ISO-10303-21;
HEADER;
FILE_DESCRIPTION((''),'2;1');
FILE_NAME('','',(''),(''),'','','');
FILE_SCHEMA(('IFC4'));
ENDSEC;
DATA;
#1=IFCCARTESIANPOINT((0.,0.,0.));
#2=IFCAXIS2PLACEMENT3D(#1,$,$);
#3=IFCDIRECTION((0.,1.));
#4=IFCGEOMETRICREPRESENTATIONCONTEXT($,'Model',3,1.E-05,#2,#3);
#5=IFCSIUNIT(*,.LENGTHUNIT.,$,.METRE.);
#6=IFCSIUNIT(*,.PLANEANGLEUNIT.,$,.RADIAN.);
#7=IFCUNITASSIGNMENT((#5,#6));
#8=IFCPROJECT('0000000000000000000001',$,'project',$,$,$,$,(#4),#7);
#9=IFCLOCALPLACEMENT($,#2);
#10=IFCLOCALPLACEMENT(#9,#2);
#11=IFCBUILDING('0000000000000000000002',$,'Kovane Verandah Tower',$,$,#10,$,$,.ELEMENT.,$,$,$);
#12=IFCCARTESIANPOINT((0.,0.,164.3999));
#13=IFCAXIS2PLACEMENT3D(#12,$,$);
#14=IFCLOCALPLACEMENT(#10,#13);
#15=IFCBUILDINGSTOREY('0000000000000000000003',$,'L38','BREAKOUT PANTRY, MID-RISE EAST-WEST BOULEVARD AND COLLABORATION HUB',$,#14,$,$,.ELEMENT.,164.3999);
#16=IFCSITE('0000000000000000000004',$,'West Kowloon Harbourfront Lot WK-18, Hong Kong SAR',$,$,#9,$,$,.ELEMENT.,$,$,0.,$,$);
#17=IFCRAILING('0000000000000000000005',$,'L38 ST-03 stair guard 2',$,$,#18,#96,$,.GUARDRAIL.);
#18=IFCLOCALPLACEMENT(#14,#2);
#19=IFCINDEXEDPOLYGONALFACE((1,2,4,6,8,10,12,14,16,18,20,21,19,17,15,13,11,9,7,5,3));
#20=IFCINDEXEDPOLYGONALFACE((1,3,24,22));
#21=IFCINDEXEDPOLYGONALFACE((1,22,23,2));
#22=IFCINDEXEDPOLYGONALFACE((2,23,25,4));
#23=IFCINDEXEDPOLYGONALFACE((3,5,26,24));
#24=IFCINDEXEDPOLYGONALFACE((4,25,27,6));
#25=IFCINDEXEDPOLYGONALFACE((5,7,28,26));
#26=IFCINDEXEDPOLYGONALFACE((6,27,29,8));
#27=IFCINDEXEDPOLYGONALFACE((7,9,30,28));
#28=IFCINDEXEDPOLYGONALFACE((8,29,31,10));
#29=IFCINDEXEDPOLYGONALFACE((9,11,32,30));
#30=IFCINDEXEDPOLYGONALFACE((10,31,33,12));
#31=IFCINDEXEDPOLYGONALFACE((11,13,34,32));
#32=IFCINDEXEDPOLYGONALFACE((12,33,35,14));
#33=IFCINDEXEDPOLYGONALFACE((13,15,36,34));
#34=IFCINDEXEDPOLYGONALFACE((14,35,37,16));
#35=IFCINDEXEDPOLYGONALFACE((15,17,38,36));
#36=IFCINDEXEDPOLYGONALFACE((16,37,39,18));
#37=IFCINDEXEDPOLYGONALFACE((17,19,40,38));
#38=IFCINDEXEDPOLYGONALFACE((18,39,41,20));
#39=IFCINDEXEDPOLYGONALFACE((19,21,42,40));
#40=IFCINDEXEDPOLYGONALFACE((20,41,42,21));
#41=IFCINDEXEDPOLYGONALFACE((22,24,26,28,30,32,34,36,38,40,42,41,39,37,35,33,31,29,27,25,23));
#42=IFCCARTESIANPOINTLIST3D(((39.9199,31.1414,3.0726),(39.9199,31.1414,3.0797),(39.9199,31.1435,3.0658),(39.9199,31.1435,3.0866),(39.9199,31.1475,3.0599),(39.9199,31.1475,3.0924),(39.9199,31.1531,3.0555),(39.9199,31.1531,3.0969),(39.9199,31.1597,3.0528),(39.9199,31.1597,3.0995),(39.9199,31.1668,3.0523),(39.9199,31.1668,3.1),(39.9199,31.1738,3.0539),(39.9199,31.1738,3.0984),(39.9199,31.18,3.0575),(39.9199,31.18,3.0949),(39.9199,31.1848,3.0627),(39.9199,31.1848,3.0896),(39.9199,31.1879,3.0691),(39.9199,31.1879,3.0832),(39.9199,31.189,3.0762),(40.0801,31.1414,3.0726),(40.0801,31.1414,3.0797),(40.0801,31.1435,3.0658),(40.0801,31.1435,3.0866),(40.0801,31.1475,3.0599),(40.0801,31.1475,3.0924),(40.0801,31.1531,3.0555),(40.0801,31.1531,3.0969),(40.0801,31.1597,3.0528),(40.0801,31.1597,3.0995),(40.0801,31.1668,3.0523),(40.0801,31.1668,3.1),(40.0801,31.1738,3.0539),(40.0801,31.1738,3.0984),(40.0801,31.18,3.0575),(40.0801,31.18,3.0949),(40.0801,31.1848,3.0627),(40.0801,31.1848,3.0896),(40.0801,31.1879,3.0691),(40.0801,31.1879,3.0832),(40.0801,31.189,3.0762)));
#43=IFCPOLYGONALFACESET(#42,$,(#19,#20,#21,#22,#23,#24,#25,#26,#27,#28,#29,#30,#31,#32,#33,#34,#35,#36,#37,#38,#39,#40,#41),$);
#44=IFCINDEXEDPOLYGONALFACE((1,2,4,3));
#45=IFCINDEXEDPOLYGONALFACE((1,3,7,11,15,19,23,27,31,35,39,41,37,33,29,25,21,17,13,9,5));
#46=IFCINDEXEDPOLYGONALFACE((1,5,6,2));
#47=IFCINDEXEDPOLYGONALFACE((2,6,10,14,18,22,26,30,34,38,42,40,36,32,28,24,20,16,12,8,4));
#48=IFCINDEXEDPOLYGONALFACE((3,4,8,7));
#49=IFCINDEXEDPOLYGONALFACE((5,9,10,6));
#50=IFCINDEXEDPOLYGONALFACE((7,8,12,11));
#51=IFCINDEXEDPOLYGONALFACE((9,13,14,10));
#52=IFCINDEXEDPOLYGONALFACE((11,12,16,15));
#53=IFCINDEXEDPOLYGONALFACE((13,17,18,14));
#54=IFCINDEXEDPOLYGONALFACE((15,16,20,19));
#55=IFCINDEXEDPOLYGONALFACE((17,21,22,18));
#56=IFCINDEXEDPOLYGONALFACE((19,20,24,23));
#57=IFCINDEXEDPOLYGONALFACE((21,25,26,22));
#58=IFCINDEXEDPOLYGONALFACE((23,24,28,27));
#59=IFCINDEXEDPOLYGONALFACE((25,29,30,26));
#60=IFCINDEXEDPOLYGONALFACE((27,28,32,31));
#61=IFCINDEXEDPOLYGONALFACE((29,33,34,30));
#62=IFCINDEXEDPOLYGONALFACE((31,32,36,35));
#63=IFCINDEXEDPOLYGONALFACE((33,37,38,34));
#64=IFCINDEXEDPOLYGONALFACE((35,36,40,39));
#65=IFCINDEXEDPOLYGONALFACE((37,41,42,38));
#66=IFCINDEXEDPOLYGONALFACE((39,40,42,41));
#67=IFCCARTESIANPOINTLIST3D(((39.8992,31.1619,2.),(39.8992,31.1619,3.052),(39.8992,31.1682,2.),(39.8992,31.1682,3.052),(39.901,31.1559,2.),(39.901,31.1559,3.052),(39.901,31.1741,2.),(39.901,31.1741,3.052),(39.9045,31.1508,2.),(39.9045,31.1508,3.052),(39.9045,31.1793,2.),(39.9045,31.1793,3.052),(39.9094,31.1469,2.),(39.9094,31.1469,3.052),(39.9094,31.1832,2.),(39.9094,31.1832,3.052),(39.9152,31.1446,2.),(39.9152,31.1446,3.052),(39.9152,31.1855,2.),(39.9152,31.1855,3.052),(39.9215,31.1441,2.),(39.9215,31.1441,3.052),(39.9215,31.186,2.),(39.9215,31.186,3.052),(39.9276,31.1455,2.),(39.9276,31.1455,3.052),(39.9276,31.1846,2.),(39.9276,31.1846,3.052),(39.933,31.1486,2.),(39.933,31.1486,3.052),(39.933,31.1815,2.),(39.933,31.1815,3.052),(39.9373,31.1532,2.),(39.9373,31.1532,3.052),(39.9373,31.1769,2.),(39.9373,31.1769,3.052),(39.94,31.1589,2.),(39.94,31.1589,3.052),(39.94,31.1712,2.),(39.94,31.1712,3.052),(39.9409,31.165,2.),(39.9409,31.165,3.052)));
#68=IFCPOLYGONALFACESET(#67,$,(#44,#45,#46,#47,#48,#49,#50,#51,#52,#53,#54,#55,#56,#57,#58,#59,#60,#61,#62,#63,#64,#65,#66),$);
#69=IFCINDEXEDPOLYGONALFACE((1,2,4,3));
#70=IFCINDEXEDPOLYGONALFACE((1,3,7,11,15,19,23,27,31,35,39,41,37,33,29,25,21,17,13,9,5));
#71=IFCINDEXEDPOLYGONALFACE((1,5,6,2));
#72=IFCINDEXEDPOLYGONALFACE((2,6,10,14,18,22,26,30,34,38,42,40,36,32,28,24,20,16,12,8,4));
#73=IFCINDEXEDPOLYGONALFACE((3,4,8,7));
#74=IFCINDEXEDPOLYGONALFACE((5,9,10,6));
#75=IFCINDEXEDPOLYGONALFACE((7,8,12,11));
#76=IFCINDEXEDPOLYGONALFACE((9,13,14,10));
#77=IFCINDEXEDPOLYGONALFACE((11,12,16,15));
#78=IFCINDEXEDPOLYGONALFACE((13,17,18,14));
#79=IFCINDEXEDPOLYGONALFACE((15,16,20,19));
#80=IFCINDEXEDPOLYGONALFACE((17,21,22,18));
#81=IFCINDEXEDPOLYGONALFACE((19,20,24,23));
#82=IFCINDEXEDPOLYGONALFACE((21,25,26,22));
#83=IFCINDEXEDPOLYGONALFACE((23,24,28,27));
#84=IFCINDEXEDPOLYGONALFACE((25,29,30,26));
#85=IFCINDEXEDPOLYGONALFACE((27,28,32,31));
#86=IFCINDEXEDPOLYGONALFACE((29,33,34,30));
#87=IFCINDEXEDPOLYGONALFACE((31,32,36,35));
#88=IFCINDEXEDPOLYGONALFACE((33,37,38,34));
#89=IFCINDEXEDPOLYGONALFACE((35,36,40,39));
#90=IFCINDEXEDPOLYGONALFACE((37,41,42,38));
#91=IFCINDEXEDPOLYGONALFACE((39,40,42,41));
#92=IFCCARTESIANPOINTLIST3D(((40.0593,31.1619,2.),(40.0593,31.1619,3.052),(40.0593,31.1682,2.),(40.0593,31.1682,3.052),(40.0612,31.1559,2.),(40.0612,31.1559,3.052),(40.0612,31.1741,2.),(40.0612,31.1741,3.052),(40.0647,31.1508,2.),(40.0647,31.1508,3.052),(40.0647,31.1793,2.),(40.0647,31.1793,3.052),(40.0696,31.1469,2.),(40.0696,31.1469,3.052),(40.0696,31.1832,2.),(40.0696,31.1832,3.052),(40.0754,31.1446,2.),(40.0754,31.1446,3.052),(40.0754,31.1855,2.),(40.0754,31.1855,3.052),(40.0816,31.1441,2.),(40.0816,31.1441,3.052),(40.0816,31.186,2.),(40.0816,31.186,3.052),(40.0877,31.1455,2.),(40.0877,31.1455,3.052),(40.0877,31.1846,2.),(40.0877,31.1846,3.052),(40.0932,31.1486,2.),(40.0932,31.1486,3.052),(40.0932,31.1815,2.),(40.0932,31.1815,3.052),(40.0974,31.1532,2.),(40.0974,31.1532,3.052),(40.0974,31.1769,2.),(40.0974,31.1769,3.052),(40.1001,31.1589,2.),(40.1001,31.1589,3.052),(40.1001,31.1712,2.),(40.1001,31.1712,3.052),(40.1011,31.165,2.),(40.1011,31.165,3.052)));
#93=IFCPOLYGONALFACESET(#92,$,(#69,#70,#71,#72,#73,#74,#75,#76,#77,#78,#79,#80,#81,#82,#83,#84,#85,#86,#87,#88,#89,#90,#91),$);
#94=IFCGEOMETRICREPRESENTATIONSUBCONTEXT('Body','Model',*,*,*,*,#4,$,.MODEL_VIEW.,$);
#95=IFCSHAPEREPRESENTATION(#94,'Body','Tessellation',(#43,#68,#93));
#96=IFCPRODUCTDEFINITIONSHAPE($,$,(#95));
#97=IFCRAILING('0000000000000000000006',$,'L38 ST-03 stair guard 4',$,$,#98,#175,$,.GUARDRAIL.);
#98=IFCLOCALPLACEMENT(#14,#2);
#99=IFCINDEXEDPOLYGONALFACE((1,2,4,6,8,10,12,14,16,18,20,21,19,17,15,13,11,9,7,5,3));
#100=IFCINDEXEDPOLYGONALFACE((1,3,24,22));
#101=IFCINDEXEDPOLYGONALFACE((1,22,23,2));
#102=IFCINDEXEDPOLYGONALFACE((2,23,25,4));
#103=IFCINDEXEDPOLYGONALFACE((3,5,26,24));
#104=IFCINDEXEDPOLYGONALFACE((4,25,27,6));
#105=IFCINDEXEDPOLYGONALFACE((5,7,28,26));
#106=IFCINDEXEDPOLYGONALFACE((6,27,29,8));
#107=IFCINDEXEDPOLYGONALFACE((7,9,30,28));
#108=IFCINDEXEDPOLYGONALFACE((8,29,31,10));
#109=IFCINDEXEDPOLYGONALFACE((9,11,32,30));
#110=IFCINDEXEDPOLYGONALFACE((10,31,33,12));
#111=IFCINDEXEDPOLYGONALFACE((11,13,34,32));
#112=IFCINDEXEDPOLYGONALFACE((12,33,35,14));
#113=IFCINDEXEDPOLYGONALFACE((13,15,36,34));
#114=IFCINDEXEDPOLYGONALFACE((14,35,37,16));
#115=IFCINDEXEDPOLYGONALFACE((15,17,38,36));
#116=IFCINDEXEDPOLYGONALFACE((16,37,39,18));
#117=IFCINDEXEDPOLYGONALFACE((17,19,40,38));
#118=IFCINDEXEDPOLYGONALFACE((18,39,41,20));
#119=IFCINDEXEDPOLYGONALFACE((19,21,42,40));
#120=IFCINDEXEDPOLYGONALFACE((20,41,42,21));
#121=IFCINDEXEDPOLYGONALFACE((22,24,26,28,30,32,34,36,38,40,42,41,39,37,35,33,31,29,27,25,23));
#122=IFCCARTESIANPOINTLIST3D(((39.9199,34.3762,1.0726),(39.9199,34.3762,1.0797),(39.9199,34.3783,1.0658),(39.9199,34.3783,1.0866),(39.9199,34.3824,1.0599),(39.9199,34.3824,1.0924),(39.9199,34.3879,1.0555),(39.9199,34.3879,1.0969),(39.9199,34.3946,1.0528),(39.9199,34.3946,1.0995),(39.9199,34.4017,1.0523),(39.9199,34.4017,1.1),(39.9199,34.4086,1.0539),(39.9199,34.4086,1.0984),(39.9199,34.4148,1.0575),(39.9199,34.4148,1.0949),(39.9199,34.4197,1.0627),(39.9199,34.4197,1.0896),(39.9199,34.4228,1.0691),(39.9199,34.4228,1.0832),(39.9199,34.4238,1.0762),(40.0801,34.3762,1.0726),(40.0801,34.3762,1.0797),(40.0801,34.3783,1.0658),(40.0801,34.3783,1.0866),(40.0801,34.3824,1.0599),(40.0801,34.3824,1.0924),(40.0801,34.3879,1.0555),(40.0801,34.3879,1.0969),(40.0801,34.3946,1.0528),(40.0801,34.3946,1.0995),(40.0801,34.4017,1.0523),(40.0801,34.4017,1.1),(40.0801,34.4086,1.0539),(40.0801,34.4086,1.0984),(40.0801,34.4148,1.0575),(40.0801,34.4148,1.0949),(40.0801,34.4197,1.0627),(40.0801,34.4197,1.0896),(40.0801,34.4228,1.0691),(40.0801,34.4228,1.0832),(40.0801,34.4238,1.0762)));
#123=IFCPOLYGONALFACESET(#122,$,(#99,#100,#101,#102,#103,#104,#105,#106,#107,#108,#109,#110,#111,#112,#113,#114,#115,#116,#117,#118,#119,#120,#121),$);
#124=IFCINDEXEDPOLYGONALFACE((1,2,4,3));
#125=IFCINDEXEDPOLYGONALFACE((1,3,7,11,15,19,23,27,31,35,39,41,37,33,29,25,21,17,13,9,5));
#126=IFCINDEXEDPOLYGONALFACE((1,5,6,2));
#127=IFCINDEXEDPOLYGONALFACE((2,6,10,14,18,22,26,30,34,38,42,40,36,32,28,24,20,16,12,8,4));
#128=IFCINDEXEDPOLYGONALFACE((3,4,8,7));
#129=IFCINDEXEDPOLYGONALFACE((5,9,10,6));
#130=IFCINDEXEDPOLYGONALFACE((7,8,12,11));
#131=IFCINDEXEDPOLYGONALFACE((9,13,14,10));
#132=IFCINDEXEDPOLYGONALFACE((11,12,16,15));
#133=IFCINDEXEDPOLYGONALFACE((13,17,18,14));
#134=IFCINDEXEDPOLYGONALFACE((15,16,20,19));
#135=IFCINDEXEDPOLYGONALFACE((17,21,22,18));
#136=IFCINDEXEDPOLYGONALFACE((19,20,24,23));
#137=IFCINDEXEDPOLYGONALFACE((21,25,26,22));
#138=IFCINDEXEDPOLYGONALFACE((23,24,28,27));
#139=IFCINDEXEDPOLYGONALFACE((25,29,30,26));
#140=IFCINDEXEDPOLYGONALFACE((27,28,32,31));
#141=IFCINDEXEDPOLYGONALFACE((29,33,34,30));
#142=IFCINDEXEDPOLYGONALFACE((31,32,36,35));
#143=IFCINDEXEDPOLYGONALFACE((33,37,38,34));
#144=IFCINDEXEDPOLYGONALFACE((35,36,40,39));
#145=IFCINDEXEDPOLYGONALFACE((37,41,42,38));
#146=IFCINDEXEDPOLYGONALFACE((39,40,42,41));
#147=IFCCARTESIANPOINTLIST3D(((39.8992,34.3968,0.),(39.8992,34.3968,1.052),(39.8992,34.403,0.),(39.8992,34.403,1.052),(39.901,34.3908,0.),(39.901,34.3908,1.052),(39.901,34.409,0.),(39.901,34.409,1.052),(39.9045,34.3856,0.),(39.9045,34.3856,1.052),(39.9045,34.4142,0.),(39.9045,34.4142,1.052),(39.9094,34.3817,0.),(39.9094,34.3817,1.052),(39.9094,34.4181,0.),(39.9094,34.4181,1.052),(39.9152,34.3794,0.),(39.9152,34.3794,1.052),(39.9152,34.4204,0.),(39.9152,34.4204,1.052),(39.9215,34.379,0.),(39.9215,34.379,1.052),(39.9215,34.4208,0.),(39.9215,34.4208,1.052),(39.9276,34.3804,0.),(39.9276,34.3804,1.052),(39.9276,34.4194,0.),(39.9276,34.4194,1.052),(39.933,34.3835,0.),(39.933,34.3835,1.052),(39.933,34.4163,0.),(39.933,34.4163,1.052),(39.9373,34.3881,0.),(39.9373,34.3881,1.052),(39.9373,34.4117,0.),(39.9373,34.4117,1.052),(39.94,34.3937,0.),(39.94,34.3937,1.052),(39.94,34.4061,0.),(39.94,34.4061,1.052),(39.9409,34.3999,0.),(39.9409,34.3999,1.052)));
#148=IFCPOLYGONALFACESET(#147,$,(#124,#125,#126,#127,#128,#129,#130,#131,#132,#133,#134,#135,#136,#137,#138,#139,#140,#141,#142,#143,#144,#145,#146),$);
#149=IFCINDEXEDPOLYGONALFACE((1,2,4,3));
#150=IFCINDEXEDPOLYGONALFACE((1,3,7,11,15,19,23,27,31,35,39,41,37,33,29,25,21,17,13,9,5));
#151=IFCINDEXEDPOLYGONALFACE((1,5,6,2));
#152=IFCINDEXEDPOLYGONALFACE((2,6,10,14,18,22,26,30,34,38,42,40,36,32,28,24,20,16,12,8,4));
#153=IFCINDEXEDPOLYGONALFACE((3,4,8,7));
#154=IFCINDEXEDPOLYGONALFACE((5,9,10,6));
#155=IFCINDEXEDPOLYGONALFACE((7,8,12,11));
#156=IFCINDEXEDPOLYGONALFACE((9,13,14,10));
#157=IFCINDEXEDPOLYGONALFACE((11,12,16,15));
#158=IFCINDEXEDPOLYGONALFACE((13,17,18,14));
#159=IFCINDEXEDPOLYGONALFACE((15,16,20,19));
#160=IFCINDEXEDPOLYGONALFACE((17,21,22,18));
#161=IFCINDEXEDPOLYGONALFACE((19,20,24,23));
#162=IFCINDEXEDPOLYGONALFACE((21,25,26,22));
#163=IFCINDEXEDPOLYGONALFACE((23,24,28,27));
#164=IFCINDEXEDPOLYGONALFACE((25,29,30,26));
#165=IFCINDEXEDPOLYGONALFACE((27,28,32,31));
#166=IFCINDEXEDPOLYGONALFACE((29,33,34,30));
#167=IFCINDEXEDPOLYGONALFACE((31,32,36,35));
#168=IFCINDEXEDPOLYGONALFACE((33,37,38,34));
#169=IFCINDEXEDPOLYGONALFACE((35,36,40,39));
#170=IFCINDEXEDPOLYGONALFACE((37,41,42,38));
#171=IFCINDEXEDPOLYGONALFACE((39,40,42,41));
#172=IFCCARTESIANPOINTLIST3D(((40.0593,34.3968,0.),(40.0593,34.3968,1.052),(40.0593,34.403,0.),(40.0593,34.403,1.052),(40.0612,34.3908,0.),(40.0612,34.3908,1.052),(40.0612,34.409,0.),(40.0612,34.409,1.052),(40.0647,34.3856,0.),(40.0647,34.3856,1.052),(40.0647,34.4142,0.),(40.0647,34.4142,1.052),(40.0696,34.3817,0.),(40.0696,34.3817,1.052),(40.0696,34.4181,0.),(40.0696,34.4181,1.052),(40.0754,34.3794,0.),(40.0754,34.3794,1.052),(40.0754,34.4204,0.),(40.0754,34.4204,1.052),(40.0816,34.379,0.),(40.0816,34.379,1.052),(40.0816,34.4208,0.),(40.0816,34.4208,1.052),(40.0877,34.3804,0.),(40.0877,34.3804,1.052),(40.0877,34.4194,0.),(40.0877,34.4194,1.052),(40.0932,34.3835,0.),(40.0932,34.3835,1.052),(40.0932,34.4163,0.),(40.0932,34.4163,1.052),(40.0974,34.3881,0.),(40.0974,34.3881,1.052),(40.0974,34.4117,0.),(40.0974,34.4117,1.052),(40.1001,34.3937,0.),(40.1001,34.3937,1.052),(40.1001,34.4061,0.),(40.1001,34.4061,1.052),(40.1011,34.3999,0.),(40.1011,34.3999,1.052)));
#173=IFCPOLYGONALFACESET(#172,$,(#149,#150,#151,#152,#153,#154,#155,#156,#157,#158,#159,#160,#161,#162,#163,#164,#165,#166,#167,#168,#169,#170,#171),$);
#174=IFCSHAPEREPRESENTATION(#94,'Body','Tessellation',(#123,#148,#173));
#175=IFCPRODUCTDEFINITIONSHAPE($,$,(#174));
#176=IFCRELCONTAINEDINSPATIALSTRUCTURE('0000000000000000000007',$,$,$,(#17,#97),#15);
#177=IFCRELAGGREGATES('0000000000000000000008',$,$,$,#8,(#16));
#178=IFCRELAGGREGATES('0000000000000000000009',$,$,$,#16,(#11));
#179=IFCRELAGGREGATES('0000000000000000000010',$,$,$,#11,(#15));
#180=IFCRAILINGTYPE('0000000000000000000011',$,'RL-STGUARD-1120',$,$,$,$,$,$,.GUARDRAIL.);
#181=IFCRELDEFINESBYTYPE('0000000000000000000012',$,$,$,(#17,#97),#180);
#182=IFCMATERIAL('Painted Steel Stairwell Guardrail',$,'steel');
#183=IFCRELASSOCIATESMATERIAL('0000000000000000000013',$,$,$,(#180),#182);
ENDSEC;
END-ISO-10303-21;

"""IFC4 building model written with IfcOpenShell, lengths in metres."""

from ifc_helpers import new_model, si_unit, direction, frame, origin, origin_2d, place, context, subcontext, project, spatial, circle, extrude, material, type_object, element, save


model = new_model("IFC4")

# Units and contexts
model_context = context("Model", 3, precision=1e-05, world=origin(), true_north=direction((0.0, 1.0)))
body_context = subcontext(model_context, "Body", "Model", "MODEL_VIEW")
ifc_project = project(units=[si_unit("LENGTHUNIT", "METRE"), si_unit("PLANEANGLEUNIT", "RADIAN")], contexts=[model_context])

# Site, building, storey
site_placement = place(None, origin())
site = spatial("IfcSite", under=ifc_project, at=site_placement, Name="West Kowloon Harbourfront Lot WK-18, Hong Kong SAR", CompositionType="ELEMENT", RefElevation=0.0)
building_placement = place(site_placement, origin())
building = spatial("IfcBuilding", under=site, at=building_placement, Name="Kovane Verandah Tower", CompositionType="ELEMENT")
storey_placement = place(building_placement, frame((0.0, 0.0, 164.3999)))
storey = spatial("IfcBuildingStorey", under=building, at=storey_placement, Name="L38", Description="BREAKOUT PANTRY, MID-RISE EAST-WEST BOULEVARD AND COLLABORATION HUB", CompositionType="ELEMENT", Elevation=164.3999)

# Railings
ifc_material_1 = material(Name="Painted Steel Stairwell Guardrail", Category="steel")
railing_type_1 = type_object("IfcRailingType", Name="RL-STGUARD-1120", PredefinedType="GUARDRAIL", material=ifc_material_1)
for number, where, name in (
    (1, (39.9199, 31.165, 2.0), "L38 ST-03 stair guard 2"),
    (2, (39.9199, 34.3999, 0.0), "L38 ST-03 stair guard 4"),
):
    element("IfcRailing", number, at=place(storey_placement, frame(where)), inside=storey, type_object=railing_type_1, Name=name, PredefinedType="GUARDRAIL", context=body_context, shape_type="SweptSolid", body=[
        extrude(circle(Radius=0.0239, at=origin_2d()), frame((0.0, 0.0, 1.0762), z_axis=(1.0, 0.0, 0.0), x_axis=(0.0, 1.0, 0.0)), (0.0, 0.0, 1.0), 0.1602),
        extrude(circle(Radius=0.021, at=origin_2d()), origin(), (0.0, 0.0, 1.0), 1.052),
        extrude(circle(Radius=0.021, at=origin_2d()), frame((0.1602, 0.0, 0.0)), (0.0, 0.0, 1.0), 1.052),
    ])

save(model, "model.ifc")
